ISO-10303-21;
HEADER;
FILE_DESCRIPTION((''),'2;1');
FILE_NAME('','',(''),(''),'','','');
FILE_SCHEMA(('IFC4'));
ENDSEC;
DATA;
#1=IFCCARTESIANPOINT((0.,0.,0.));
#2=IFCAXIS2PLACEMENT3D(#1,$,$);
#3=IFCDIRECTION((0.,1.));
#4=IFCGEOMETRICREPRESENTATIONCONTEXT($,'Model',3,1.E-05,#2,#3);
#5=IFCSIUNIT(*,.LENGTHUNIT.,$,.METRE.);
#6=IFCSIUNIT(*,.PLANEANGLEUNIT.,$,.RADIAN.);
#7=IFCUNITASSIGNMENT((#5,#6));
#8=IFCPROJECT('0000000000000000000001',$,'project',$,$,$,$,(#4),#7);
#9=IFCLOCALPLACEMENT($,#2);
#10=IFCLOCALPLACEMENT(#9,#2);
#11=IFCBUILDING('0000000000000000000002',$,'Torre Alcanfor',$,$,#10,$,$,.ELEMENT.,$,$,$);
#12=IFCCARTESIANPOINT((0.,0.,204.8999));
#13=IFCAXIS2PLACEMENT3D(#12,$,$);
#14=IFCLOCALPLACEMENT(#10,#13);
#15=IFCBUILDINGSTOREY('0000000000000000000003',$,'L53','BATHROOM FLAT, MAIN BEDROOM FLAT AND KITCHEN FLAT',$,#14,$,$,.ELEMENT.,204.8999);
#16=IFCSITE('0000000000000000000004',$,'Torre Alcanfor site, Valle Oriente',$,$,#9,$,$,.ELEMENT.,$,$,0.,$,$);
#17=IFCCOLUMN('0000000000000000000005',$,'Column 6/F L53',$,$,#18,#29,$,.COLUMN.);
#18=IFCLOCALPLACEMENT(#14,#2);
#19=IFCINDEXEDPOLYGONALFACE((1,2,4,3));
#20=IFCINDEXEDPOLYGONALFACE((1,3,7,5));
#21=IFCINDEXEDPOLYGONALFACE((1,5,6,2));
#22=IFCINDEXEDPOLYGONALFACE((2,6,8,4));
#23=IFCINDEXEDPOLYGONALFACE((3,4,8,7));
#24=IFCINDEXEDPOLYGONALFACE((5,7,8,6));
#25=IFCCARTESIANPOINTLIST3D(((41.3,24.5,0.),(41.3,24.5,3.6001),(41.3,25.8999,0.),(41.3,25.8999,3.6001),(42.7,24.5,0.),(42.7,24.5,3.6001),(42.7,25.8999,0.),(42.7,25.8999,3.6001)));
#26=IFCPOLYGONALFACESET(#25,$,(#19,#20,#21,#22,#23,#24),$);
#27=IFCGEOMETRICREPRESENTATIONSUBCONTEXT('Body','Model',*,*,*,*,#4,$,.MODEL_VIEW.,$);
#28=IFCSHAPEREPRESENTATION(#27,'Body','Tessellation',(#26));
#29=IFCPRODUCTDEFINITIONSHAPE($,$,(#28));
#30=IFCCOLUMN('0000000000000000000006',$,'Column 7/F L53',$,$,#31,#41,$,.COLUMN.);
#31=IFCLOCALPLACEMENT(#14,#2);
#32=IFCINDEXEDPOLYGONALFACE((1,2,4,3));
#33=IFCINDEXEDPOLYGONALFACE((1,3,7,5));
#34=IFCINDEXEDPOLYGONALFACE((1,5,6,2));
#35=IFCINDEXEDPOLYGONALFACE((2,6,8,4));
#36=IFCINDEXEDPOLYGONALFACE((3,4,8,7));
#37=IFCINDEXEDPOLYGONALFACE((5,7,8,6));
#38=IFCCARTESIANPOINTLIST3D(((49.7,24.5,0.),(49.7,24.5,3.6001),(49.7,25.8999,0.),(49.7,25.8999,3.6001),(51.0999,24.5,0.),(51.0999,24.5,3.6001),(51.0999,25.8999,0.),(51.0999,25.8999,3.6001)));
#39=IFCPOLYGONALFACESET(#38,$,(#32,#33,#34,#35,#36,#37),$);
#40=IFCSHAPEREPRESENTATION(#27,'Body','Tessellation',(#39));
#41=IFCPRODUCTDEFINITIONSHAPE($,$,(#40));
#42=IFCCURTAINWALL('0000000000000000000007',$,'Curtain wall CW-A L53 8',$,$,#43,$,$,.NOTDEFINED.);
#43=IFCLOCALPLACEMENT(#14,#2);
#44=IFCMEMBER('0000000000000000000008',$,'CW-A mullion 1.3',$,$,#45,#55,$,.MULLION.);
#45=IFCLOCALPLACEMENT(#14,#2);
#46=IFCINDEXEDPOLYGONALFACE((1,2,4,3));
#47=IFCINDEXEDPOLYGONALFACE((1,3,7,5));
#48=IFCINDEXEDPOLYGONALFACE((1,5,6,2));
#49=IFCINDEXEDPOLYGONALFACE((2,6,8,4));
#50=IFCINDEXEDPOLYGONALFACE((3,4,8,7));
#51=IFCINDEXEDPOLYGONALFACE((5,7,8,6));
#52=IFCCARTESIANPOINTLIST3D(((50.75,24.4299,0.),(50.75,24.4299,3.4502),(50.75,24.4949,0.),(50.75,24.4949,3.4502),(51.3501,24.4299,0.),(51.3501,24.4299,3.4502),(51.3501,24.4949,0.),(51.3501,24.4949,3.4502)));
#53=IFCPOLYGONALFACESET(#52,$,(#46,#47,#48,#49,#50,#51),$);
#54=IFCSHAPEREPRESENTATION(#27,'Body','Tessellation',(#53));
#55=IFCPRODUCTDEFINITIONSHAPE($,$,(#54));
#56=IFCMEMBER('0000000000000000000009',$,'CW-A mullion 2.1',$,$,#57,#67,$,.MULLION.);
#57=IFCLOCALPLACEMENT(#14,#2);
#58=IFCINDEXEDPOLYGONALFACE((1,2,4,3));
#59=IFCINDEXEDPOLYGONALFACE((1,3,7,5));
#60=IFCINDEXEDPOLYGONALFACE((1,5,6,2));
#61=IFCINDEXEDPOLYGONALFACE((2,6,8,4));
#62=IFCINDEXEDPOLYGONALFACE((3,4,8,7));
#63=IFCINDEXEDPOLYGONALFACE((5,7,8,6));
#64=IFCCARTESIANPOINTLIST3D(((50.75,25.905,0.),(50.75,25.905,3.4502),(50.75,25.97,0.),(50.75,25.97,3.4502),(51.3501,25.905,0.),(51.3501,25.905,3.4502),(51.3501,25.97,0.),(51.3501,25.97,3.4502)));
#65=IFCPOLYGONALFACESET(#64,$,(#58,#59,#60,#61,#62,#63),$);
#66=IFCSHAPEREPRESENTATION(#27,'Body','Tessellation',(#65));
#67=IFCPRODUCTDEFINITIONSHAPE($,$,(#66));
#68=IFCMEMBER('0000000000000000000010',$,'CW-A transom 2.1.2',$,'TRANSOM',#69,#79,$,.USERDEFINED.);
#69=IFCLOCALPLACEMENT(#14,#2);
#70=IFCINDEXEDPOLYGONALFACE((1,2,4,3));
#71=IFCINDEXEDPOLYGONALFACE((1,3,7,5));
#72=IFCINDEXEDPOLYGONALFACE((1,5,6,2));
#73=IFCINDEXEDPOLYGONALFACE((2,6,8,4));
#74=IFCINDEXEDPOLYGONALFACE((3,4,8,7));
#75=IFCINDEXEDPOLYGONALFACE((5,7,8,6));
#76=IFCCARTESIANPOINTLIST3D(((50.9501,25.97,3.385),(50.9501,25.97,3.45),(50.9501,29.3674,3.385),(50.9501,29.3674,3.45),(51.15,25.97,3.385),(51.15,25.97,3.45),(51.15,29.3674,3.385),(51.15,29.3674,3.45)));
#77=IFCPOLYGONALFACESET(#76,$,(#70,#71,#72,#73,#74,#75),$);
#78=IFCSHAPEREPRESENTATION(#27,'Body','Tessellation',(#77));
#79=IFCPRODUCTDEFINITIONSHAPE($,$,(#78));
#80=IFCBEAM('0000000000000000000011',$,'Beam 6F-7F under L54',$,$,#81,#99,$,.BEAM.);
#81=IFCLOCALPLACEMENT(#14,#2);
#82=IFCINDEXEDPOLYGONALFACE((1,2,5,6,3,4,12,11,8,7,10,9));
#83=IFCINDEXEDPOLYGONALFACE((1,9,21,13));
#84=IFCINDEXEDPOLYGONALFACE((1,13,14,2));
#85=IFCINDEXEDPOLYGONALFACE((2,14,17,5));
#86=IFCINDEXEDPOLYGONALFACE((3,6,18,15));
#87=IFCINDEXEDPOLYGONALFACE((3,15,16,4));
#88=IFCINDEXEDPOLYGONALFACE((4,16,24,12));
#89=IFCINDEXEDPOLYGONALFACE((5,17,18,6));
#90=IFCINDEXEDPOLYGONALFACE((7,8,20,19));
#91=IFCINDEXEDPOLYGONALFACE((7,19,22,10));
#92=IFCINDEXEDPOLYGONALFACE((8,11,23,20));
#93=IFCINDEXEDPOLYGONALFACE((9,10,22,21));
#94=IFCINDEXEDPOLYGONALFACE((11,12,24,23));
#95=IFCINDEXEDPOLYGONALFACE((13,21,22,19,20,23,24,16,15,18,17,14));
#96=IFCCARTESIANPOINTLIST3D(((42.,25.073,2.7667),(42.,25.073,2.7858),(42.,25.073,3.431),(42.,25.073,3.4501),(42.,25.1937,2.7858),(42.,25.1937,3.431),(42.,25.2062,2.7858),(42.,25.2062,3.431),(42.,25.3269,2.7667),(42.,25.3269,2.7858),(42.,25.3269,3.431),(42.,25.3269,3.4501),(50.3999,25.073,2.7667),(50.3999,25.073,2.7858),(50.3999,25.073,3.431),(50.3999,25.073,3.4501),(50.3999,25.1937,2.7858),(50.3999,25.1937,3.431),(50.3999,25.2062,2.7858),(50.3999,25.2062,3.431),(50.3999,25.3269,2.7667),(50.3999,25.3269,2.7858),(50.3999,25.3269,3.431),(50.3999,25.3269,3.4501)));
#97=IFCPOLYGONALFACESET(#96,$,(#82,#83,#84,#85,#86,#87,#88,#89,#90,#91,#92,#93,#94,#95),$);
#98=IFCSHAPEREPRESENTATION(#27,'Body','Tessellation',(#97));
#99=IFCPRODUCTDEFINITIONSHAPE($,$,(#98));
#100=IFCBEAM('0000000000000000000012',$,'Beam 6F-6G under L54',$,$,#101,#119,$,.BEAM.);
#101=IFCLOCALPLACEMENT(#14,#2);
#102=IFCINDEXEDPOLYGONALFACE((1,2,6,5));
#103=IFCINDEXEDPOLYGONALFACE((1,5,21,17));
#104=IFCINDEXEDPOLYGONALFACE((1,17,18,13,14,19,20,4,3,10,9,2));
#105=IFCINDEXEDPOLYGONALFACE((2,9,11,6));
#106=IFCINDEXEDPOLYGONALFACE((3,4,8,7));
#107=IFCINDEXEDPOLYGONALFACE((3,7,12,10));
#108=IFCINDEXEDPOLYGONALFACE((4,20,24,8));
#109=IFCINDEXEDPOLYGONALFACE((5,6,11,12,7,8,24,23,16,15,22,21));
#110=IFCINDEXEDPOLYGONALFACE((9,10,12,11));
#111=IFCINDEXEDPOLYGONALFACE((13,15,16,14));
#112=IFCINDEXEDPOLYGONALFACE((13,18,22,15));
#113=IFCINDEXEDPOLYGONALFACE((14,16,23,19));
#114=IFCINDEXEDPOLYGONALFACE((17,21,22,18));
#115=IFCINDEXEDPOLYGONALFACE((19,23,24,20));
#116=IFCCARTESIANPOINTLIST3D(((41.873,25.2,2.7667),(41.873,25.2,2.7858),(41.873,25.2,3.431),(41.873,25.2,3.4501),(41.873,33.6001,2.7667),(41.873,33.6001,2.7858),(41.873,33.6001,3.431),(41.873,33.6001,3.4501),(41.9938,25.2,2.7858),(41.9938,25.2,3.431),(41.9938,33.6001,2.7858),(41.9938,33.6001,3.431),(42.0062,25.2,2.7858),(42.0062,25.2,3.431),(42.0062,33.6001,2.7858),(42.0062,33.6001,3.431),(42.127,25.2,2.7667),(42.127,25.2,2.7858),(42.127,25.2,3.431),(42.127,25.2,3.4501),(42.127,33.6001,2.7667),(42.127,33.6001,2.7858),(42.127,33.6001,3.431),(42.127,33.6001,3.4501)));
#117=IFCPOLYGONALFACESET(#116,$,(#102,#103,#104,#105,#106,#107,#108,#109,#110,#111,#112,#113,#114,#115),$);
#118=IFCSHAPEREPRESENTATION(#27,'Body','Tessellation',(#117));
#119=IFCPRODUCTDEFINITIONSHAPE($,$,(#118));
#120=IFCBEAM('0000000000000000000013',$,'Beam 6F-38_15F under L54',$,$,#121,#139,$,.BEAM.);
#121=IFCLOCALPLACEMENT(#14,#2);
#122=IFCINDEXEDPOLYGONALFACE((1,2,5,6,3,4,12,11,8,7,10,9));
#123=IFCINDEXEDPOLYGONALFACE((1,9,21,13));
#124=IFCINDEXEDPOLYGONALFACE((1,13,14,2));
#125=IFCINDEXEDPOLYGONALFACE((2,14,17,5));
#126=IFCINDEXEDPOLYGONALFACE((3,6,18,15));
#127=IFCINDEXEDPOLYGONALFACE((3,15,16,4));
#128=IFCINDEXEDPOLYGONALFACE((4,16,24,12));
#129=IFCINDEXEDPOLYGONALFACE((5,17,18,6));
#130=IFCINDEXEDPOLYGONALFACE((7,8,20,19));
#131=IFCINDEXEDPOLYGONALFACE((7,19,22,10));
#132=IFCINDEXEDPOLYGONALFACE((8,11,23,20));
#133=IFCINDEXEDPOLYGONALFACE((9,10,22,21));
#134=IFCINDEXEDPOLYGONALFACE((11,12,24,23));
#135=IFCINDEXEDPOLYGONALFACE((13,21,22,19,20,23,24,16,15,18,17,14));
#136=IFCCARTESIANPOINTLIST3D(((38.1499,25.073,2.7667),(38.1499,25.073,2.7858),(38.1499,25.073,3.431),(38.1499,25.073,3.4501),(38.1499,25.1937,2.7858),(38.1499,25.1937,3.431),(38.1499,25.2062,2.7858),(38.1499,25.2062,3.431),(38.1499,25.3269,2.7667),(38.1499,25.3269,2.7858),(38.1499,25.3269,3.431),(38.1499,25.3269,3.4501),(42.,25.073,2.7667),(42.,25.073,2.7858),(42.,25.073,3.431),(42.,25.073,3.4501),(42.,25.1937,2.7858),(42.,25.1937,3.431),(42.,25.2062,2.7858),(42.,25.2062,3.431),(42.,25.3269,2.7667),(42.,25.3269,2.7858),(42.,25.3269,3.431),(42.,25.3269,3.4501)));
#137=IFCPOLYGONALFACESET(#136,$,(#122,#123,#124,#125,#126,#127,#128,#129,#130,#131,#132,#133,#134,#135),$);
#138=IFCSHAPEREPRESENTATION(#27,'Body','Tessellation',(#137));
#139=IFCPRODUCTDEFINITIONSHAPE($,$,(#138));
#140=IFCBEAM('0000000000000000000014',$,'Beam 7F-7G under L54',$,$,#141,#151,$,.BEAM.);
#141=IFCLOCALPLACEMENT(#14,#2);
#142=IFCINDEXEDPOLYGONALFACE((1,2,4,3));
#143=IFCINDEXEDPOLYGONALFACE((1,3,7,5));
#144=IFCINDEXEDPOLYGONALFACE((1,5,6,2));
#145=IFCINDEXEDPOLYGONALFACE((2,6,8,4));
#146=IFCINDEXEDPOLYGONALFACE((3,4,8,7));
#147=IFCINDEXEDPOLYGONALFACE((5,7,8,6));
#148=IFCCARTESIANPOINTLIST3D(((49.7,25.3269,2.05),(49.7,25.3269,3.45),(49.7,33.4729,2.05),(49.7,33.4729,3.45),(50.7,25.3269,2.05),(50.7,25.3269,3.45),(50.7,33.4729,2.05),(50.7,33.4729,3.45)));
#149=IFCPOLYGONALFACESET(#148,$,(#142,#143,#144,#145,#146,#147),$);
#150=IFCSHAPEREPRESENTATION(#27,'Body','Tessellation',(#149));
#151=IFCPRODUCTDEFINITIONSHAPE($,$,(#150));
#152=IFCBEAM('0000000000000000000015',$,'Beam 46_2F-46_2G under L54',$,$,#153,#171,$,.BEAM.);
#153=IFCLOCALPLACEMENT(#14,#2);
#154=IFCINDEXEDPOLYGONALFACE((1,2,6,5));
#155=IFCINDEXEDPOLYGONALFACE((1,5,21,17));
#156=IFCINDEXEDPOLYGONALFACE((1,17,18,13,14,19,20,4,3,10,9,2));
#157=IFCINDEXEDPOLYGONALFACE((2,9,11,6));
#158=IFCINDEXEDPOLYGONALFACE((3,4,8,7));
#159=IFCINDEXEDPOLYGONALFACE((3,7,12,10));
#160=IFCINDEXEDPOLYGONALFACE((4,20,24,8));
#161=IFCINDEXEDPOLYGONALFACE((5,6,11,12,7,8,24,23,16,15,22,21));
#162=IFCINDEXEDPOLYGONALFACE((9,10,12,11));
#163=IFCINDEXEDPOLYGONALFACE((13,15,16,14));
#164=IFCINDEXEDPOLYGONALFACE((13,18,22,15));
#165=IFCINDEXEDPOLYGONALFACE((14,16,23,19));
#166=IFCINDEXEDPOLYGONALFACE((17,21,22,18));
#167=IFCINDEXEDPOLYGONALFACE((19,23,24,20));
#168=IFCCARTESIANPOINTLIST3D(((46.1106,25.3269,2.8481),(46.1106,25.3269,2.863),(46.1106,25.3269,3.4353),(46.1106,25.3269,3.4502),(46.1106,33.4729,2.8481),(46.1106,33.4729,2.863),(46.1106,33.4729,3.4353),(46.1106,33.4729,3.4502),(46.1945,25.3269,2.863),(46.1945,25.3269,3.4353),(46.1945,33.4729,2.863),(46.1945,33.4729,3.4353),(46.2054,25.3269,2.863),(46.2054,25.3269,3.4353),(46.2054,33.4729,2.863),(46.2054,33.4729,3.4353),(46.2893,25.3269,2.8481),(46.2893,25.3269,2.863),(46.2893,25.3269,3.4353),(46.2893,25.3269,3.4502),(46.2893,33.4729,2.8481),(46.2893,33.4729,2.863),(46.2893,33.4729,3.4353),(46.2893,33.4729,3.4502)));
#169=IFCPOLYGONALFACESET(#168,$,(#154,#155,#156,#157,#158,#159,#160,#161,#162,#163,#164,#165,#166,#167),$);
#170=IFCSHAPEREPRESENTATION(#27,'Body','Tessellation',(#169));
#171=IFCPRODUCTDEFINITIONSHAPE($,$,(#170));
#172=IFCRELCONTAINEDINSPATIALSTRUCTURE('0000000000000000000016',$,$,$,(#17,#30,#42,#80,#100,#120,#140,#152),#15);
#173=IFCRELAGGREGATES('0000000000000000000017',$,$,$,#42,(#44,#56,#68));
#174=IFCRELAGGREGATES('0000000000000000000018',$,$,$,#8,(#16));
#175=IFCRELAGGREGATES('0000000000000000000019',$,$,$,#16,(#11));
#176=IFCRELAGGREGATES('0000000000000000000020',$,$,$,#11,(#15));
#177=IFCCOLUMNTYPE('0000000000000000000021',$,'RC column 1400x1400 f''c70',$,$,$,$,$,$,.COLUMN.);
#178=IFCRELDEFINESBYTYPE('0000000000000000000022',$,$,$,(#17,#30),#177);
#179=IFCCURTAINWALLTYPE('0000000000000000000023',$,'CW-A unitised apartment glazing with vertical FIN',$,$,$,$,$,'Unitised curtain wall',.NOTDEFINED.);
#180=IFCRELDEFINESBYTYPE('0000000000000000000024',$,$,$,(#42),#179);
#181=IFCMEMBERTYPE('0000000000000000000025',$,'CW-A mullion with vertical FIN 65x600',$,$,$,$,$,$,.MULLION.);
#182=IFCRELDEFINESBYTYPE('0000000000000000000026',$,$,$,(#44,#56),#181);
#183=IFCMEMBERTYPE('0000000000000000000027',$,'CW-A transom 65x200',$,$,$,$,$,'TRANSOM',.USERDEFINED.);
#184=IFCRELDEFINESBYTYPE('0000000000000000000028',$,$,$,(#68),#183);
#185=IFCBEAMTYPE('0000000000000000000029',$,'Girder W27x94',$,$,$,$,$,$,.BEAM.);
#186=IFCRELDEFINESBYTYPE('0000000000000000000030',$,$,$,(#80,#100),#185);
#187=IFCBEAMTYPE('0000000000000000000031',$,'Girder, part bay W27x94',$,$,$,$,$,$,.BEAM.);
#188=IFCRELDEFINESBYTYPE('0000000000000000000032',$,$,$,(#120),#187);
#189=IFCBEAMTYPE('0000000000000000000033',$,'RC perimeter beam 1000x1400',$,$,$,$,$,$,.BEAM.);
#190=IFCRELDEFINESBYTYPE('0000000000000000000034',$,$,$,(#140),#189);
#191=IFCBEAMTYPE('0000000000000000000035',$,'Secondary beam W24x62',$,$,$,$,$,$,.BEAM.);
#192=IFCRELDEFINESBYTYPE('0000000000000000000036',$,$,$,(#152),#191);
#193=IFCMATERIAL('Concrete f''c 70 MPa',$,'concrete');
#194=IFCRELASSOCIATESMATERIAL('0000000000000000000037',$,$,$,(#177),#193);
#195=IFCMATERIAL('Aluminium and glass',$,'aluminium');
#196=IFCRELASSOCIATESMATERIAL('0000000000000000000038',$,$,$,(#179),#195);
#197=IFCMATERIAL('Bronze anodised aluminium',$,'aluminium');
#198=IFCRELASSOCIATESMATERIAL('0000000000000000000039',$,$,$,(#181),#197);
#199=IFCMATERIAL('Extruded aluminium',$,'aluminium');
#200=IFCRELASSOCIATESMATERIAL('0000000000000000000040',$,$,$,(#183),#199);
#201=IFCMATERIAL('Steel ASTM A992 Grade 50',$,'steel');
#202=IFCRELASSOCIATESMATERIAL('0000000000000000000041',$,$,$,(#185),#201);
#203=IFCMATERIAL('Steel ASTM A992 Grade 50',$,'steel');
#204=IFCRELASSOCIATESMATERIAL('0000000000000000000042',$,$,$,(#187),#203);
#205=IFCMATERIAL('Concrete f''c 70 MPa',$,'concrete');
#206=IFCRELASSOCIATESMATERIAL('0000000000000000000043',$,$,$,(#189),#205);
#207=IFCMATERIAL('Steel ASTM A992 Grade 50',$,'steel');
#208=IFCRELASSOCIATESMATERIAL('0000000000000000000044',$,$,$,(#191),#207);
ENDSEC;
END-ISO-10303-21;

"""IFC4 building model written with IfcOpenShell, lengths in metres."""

from ifc_helpers import new_model, si_unit, direction, frame, origin, origin_2d, place, context, subcontext, project, spatial, rectangle, i_section, extrude, material, material_profile, profile_set, type_object, element, aggregate, save


model = new_model("IFC4")

# Units and contexts
model_context = context("Model", 3, precision=1e-05, world=origin(), true_north=direction((0.0, 1.0)))
body_context = subcontext(model_context, "Body", "Model", "MODEL_VIEW")
ifc_project = project(units=[si_unit("LENGTHUNIT", "METRE"), si_unit("PLANEANGLEUNIT", "RADIAN")], contexts=[model_context])

# Site, building, storey
site_placement = place(None, origin())
site = spatial("IfcSite", under=ifc_project, at=site_placement, Name="Torre Alcanfor site, Valle Oriente", CompositionType="ELEMENT", RefElevation=0.0)
building_placement = place(site_placement, origin())
building = spatial("IfcBuilding", under=site, at=building_placement, Name="Torre Alcanfor", CompositionType="ELEMENT")
storey_placement = place(building_placement, frame((0.0, 0.0, 204.8999)))
storey = spatial("IfcBuildingStorey", under=building, at=storey_placement, Name="L53", Description="BATHROOM FLAT, MAIN BEDROOM FLAT AND KITCHEN FLAT", CompositionType="ELEMENT", Elevation=204.8999)

# Columns
ifc_material_1 = material(Name="Concrete f'c 70 MPa", Category="concrete")
ifc_material_profile_1 = material_profile(ifc_material_1, rectangle(XDim=1.3999, YDim=1.3999, at=origin_2d()), Name="1400x1400")
ifc_profile_set_1 = profile_set([ifc_material_profile_1], Name="Concrete f'c 70 MPa")
column_type = type_object("IfcColumnType", Name="RC column 1400x1400 f'c70", PredefinedType="COLUMN", material=ifc_profile_set_1)
for number, where, z_axis, x_axis, name in (
    (1, (42.0, 25.2, 0.0), (0.0, 0.0, 1.0), (1.0, 0.0, 0.0), "Column 6/F L53"),
    (2, (50.3999, 25.2, 0.0), (0.0, 0.0, 1.0), (1.0, 0.0, 0.0), "Column 7/F L53"),
):
    element("IfcColumn", number, at=place(storey_placement, frame(where, z_axis=z_axis, x_axis=x_axis)), inside=storey, type_object=column_type, Name=name, PredefinedType="COLUMN", context=body_context, shape_type="SweptSolid", body=[
        extrude(rectangle(XDim=1.3999, YDim=1.3999, at=origin_2d()), origin(), (0.0, 0.0, 1.0), 3.6001),
    ])

# Curtain wall, members
ifc_material_2 = material(Name="Aluminium and glass", Category="aluminium")
curtain_wall_type = type_object("IfcCurtainWallType", Name="CW-A unitised apartment glazing with vertical FIN", ElementType="Unitised curtain wall", PredefinedType="NOTDEFINED", material=ifc_material_2)
curtain_wall_placement = place(storey_placement, origin())
curtain_wall = element("IfcCurtainWall", 3, at=curtain_wall_placement, inside=storey, type_object=curtain_wall_type, Name="Curtain wall CW-A L53 8", PredefinedType="NOTDEFINED")
ifc_material_3 = material(Name="Bronze anodised aluminium", Category="aluminium")
ifc_material_profile_2 = material_profile(ifc_material_3, rectangle(XDim=0.6001, YDim=0.0649, at=origin_2d()), Name="CW-A mullion 65x600")
ifc_profile_set_2 = profile_set([ifc_material_profile_2], Name="Bronze anodised aluminium")
member_type_1 = type_object("IfcMemberType", Name="CW-A mullion with vertical FIN 65x600", PredefinedType="MULLION", material=ifc_profile_set_2)
member_1_placement = place(storey_placement, frame((51.05, 24.4624, 0.0), z_axis=(0.0, 0.0, 1.0), x_axis=(-1.0, 0.0, 0.0)))
member_1 = element("IfcMember", 4, at=member_1_placement, type_object=member_type_1, Name="CW-A mullion 1.3", PredefinedType="MULLION", context=body_context, shape_type="SweptSolid", body=[
    extrude(rectangle(XDim=0.6001, YDim=0.0649, at=origin_2d()), origin(), (0.0, 0.0, 1.0), 3.4502),
])
member_2_placement = place(storey_placement, frame((51.05, 25.9375, 0.0), z_axis=(0.0, 0.0, 1.0), x_axis=(-1.0, 0.0, 0.0)))
member_2 = element("IfcMember", 5, at=member_2_placement, type_object=member_type_1, Name="CW-A mullion 2.1", PredefinedType="MULLION", context=body_context, shape_type="SweptSolid", body=[
    extrude(rectangle(XDim=0.6001, YDim=0.0649, at=origin_2d()), origin(), (0.0, 0.0, 1.0), 3.4502),
])
ifc_material_4 = material(Name="Extruded aluminium", Category="aluminium")
ifc_material_profile_3 = material_profile(ifc_material_4, rectangle(XDim=0.2, YDim=0.0649, at=origin_2d()), Name="CW-A transom 200x65")
ifc_profile_set_3 = profile_set([ifc_material_profile_3], Name="Extruded aluminium")
member_type_2 = type_object("IfcMemberType", Name="CW-A transom 65x200", ElementType="TRANSOM", PredefinedType="USERDEFINED", material=ifc_profile_set_3)
member_3_placement = place(storey_placement, frame((51.05, 25.97, 3.4175), z_axis=(0.0, 1.0, 0.0), x_axis=(-1.0, 0.0, 0.0)))
member_3 = element("IfcMember", 6, at=member_3_placement, type_object=member_type_2, Name="CW-A transom 2.1.2", ObjectType="TRANSOM", PredefinedType="USERDEFINED", context=body_context, shape_type="SweptSolid", body=[
    extrude(rectangle(XDim=0.2, YDim=0.0649, at=origin_2d()), origin(), (0.0, 0.0, 1.0), 3.3975),
])

# Beams
ifc_material_5 = material(Name="Steel ASTM A992 Grade 50", Category="steel")
ifc_material_profile_4 = material_profile(ifc_material_5, i_section(OverallWidth=0.2539, OverallDepth=0.6833, WebThickness=0.0125, FlangeThickness=0.019, at=origin_2d()), Name="W27x94")
ifc_profile_set_4 = profile_set([ifc_material_profile_4], Name="Steel ASTM A992 Grade 50")
beam_type_1 = type_object("IfcBeamType", Name="Girder W27x94", PredefinedType="BEAM", material=ifc_profile_set_4)
beam_1_placement = place(storey_placement, frame((42.0, 25.2, 3.1084), z_axis=(1.0, 0.0, 0.0), x_axis=(0.0, 1.0, 0.0)))
element("IfcBeam", 7, at=beam_1_placement, inside=storey, type_object=beam_type_1, Name="Beam 6F-7F under L54", PredefinedType="BEAM", context=body_context, shape_type="SweptSolid", body=[
    extrude(i_section(OverallWidth=0.2539, OverallDepth=0.6833, WebThickness=0.0125, FlangeThickness=0.019, at=origin_2d()), origin(), (0.0, 0.0, 1.0), 8.3999),
])
beam_2_placement = place(storey_placement, frame((42.0, 25.2, 3.1084), z_axis=(0.0, 1.0, 0.0), x_axis=(-1.0, 0.0, 0.0)))
element("IfcBeam", 8, at=beam_2_placement, inside=storey, type_object=beam_type_1, Name="Beam 6F-6G under L54", PredefinedType="BEAM", context=body_context, shape_type="SweptSolid", body=[
    extrude(i_section(OverallWidth=0.2539, OverallDepth=0.6833, WebThickness=0.0125, FlangeThickness=0.019, at=origin_2d()), origin(), (0.0, 0.0, 1.0), 8.4001),
])
ifc_material_6 = material(Name="Steel ASTM A992 Grade 50", Category="steel")
ifc_material_profile_5 = material_profile(ifc_material_6, i_section(OverallWidth=0.2539, OverallDepth=0.6833, WebThickness=0.0125, FlangeThickness=0.019, at=origin_2d()), Name="W27x94")
ifc_profile_set_5 = profile_set([ifc_material_profile_5], Name="Steel ASTM A992 Grade 50")
beam_type_2 = type_object("IfcBeamType", Name="Girder, part bay W27x94", PredefinedType="BEAM", material=ifc_profile_set_5)
beam_3_placement = place(storey_placement, frame((42.0, 25.2, 3.1084), z_axis=(-1.0, 0.0, 0.0), x_axis=(0.0, -1.0, 0.0)))
element("IfcBeam", 9, at=beam_3_placement, inside=storey, type_object=beam_type_2, Name="Beam 6F-38_15F under L54", PredefinedType="BEAM", context=body_context, shape_type="SweptSolid", body=[
    extrude(i_section(OverallWidth=0.2539, OverallDepth=0.6833, WebThickness=0.0125, FlangeThickness=0.019, at=origin_2d()), origin(), (0.0, 0.0, 1.0), 3.8501),
])
ifc_material_7 = material(Name="Concrete f'c 70 MPa", Category="concrete")
ifc_material_profile_6 = material_profile(ifc_material_7, rectangle(XDim=1.0, YDim=1.3999, at=origin_2d()), Name="1000x1400")
ifc_profile_set_6 = profile_set([ifc_material_profile_6], Name="Concrete f'c 70 MPa")
beam_type_3 = type_object("IfcBeamType", Name="RC perimeter beam 1000x1400", PredefinedType="BEAM", material=ifc_profile_set_6)
beam_4_placement = place(storey_placement, frame((50.2, 25.3269, 2.75), z_axis=(0.0, 1.0, 0.0), x_axis=(-1.0, 0.0, 0.0)))
element("IfcBeam", 10, at=beam_4_placement, inside=storey, type_object=beam_type_3, Name="Beam 7F-7G under L54", PredefinedType="BEAM", context=body_context, shape_type="SweptSolid", body=[
    extrude(rectangle(XDim=1.0, YDim=1.3999, at=origin_2d()), origin(), (0.0, 0.0, 1.0), 8.146),
])
ifc_material_8 = material(Name="Steel ASTM A992 Grade 50", Category="steel")
ifc_material_profile_7 = material_profile(ifc_material_8, i_section(OverallWidth=0.1787, OverallDepth=0.6021, WebThickness=0.011, FlangeThickness=0.0149, at=origin_2d()), Name="W24x62")
ifc_profile_set_7 = profile_set([ifc_material_profile_7], Name="Steel ASTM A992 Grade 50")
beam_type_4 = type_object("IfcBeamType", Name="Secondary beam W24x62", PredefinedType="BEAM", material=ifc_profile_set_7)
beam_5_placement = place(storey_placement, frame((46.2, 25.3269, 3.1492), z_axis=(0.0, 1.0, 0.0), x_axis=(-1.0, 0.0, 0.0)))
element("IfcBeam", 11, at=beam_5_placement, inside=storey, type_object=beam_type_4, Name="Beam 46_2F-46_2G under L54", PredefinedType="BEAM", context=body_context, shape_type="SweptSolid", body=[
    extrude(i_section(OverallWidth=0.1787, OverallDepth=0.6021, WebThickness=0.011, FlangeThickness=0.0149, at=origin_2d()), origin(), (0.0, 0.0, 1.0), 8.146),
])

aggregate(curtain_wall, [member_1, member_2, member_3])

save(model, "model.ifc")
